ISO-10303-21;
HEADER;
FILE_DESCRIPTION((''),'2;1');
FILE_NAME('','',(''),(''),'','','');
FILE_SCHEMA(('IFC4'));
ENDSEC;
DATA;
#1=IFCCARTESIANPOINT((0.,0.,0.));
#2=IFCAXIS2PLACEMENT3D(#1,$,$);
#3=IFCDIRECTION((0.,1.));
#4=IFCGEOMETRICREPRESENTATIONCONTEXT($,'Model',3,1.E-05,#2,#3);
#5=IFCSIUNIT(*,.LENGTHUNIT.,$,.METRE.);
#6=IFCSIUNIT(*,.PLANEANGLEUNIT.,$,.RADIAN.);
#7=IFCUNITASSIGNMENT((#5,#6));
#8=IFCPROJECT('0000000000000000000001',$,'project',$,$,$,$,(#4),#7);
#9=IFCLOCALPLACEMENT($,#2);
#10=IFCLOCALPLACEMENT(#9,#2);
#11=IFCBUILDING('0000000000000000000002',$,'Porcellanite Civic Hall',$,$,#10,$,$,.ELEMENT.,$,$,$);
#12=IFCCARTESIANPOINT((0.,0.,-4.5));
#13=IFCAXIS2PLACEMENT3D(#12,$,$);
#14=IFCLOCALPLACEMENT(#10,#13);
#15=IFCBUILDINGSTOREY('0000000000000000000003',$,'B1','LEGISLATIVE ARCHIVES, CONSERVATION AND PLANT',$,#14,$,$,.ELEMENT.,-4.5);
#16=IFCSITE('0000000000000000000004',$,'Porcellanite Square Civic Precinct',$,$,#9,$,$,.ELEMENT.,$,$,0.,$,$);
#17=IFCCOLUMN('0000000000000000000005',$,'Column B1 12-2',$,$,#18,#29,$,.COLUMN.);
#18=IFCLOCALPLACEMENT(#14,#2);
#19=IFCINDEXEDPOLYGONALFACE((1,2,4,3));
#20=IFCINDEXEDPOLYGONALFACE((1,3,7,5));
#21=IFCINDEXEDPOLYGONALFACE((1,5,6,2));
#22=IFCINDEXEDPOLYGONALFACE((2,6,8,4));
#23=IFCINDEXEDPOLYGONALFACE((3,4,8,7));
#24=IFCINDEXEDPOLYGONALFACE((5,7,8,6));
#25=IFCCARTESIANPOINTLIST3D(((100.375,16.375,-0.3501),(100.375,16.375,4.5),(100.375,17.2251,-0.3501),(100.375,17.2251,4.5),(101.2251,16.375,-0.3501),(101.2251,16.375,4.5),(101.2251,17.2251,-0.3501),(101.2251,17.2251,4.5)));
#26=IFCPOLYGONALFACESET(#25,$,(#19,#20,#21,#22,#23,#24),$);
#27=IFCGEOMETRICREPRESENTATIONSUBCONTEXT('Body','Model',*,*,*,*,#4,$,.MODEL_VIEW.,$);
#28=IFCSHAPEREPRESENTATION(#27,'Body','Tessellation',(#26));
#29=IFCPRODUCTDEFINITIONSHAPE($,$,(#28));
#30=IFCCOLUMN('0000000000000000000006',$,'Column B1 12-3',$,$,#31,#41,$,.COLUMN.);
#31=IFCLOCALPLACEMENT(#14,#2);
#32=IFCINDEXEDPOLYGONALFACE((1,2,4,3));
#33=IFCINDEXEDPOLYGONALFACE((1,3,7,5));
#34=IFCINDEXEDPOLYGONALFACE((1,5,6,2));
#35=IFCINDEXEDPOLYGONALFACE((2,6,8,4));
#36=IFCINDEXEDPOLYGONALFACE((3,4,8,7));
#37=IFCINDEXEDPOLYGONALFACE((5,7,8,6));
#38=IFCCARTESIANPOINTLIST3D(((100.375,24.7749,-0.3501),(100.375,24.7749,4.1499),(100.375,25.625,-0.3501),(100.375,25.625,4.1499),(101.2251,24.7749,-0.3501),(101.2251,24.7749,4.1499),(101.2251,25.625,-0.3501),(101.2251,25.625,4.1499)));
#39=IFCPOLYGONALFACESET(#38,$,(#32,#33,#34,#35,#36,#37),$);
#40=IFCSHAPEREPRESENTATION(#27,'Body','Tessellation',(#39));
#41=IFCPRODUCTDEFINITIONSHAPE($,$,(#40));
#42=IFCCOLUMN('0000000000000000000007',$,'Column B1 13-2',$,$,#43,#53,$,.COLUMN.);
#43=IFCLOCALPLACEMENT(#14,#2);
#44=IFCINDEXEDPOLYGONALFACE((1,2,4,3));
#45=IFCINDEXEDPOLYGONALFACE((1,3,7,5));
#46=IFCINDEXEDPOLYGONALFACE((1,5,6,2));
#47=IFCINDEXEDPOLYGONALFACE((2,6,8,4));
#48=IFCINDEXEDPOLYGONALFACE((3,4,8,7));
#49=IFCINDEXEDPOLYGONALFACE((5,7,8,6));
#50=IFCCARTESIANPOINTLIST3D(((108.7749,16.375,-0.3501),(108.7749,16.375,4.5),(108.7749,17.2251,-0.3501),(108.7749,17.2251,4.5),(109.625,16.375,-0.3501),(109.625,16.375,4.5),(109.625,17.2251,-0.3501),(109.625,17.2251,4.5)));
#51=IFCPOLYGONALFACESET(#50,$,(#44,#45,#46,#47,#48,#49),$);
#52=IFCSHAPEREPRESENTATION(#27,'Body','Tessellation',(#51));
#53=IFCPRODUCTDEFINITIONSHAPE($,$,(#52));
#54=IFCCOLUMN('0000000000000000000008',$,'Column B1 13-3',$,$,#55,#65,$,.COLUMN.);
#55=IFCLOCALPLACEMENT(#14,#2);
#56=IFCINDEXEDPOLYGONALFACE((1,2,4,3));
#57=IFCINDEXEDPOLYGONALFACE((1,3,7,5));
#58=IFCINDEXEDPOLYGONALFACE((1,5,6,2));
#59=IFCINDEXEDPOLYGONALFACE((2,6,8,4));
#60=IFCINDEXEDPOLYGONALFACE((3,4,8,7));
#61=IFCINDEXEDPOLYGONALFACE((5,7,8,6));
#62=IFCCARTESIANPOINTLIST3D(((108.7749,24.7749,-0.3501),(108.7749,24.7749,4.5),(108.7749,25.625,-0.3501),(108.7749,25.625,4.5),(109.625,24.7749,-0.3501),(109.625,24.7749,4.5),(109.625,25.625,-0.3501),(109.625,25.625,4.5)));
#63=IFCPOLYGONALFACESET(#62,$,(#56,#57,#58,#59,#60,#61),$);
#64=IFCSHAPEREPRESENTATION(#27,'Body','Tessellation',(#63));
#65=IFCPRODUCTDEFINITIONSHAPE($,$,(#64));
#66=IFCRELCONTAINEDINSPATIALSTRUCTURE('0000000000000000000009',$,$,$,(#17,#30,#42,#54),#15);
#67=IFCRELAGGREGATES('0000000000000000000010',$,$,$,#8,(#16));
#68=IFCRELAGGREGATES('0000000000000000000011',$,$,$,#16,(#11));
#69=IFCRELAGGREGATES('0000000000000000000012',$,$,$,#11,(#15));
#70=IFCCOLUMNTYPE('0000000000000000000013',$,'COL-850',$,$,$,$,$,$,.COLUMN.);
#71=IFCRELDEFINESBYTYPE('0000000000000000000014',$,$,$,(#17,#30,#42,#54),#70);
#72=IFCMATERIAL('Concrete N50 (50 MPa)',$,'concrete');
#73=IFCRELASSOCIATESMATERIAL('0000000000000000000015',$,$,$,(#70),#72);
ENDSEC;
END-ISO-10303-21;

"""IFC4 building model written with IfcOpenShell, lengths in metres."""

from ifc_helpers import new_model, si_unit, direction, frame, origin, origin_2d, place, context, subcontext, project, spatial, rectangle, extrude, material, material_profile, profile_set, type_object, element, save


model = new_model("IFC4")

# Units and contexts
model_context = context("Model", 3, precision=1e-05, world=origin(), true_north=direction((0.0, 1.0)))
body_context = subcontext(model_context, "Body", "Model", "MODEL_VIEW")
ifc_project = project(units=[si_unit("LENGTHUNIT", "METRE"), si_unit("PLANEANGLEUNIT", "RADIAN")], contexts=[model_context])

# Site, building, storey
site_placement = place(None, origin())
site = spatial("IfcSite", under=ifc_project, at=site_placement, Name="Porcellanite Square Civic Precinct", CompositionType="ELEMENT", RefElevation=0.0)
building_placement = place(site_placement, origin())
building = spatial("IfcBuilding", under=site, at=building_placement, Name="Porcellanite Civic Hall", CompositionType="ELEMENT")
storey_placement = place(building_placement, frame((0.0, 0.0, -4.5)))
storey = spatial("IfcBuildingStorey", under=building, at=storey_placement, Name="B1", Description="LEGISLATIVE ARCHIVES, CONSERVATION AND PLANT", CompositionType="ELEMENT", Elevation=-4.5)

# Columns
ifc_material_1 = material(Name="Concrete N50 (50 MPa)", Category="concrete")
ifc_material_profile_1 = material_profile(ifc_material_1, rectangle(XDim=0.8501, YDim=0.8501, at=origin_2d()), Name="RC-850x850")
ifc_profile_set_1 = profile_set([ifc_material_profile_1], Name="Concrete N50 (50 MPa)")
column_type = type_object("IfcColumnType", Name="COL-850", PredefinedType="COLUMN", material=ifc_profile_set_1)
column_1_placement = place(storey_placement, frame((100.8, 16.8, -0.3501), z_axis=(0.0, 0.0, 1.0), x_axis=(1.0, 0.0, 0.0)))
element("IfcColumn", 1, at=column_1_placement, inside=storey, type_object=column_type, Name="Column B1 12-2", PredefinedType="COLUMN", context=body_context, shape_type="SweptSolid", body=[
    extrude(rectangle(XDim=0.8501, YDim=0.8501, at=origin_2d()), origin(), (0.0, 0.0, 1.0), 4.8501),
])
column_2_placement = place(storey_placement, frame((100.8, 25.2, -0.3501), z_axis=(0.0, 0.0, 1.0), x_axis=(1.0, 0.0, 0.0)))
element("IfcColumn", 2, at=column_2_placement, inside=storey, type_object=column_type, Name="Column B1 12-3", PredefinedType="COLUMN", context=body_context, shape_type="SweptSolid", body=[
    extrude(rectangle(XDim=0.8501, YDim=0.8501, at=origin_2d()), origin(), (0.0, 0.0, 1.0), 4.5),
])
for number, where, z_axis, x_axis, name in (
    (3, (109.2, 16.8, -0.3501), (0.0, 0.0, 1.0), (1.0, 0.0, 0.0), "Column B1 13-2"),
    (4, (109.2, 25.2, -0.3501), (0.0, 0.0, 1.0), (1.0, 0.0, 0.0), "Column B1 13-3"),
):
    element("IfcColumn", number, at=place(storey_placement, frame(where, z_axis=z_axis, x_axis=x_axis)), inside=storey, type_object=column_type, Name=name, PredefinedType="COLUMN", context=body_context, shape_type="SweptSolid", body=[
        extrude(rectangle(XDim=0.8501, YDim=0.8501, at=origin_2d()), origin(), (0.0, 0.0, 1.0), 4.8501),
    ])

save(model, "model.ifc")
